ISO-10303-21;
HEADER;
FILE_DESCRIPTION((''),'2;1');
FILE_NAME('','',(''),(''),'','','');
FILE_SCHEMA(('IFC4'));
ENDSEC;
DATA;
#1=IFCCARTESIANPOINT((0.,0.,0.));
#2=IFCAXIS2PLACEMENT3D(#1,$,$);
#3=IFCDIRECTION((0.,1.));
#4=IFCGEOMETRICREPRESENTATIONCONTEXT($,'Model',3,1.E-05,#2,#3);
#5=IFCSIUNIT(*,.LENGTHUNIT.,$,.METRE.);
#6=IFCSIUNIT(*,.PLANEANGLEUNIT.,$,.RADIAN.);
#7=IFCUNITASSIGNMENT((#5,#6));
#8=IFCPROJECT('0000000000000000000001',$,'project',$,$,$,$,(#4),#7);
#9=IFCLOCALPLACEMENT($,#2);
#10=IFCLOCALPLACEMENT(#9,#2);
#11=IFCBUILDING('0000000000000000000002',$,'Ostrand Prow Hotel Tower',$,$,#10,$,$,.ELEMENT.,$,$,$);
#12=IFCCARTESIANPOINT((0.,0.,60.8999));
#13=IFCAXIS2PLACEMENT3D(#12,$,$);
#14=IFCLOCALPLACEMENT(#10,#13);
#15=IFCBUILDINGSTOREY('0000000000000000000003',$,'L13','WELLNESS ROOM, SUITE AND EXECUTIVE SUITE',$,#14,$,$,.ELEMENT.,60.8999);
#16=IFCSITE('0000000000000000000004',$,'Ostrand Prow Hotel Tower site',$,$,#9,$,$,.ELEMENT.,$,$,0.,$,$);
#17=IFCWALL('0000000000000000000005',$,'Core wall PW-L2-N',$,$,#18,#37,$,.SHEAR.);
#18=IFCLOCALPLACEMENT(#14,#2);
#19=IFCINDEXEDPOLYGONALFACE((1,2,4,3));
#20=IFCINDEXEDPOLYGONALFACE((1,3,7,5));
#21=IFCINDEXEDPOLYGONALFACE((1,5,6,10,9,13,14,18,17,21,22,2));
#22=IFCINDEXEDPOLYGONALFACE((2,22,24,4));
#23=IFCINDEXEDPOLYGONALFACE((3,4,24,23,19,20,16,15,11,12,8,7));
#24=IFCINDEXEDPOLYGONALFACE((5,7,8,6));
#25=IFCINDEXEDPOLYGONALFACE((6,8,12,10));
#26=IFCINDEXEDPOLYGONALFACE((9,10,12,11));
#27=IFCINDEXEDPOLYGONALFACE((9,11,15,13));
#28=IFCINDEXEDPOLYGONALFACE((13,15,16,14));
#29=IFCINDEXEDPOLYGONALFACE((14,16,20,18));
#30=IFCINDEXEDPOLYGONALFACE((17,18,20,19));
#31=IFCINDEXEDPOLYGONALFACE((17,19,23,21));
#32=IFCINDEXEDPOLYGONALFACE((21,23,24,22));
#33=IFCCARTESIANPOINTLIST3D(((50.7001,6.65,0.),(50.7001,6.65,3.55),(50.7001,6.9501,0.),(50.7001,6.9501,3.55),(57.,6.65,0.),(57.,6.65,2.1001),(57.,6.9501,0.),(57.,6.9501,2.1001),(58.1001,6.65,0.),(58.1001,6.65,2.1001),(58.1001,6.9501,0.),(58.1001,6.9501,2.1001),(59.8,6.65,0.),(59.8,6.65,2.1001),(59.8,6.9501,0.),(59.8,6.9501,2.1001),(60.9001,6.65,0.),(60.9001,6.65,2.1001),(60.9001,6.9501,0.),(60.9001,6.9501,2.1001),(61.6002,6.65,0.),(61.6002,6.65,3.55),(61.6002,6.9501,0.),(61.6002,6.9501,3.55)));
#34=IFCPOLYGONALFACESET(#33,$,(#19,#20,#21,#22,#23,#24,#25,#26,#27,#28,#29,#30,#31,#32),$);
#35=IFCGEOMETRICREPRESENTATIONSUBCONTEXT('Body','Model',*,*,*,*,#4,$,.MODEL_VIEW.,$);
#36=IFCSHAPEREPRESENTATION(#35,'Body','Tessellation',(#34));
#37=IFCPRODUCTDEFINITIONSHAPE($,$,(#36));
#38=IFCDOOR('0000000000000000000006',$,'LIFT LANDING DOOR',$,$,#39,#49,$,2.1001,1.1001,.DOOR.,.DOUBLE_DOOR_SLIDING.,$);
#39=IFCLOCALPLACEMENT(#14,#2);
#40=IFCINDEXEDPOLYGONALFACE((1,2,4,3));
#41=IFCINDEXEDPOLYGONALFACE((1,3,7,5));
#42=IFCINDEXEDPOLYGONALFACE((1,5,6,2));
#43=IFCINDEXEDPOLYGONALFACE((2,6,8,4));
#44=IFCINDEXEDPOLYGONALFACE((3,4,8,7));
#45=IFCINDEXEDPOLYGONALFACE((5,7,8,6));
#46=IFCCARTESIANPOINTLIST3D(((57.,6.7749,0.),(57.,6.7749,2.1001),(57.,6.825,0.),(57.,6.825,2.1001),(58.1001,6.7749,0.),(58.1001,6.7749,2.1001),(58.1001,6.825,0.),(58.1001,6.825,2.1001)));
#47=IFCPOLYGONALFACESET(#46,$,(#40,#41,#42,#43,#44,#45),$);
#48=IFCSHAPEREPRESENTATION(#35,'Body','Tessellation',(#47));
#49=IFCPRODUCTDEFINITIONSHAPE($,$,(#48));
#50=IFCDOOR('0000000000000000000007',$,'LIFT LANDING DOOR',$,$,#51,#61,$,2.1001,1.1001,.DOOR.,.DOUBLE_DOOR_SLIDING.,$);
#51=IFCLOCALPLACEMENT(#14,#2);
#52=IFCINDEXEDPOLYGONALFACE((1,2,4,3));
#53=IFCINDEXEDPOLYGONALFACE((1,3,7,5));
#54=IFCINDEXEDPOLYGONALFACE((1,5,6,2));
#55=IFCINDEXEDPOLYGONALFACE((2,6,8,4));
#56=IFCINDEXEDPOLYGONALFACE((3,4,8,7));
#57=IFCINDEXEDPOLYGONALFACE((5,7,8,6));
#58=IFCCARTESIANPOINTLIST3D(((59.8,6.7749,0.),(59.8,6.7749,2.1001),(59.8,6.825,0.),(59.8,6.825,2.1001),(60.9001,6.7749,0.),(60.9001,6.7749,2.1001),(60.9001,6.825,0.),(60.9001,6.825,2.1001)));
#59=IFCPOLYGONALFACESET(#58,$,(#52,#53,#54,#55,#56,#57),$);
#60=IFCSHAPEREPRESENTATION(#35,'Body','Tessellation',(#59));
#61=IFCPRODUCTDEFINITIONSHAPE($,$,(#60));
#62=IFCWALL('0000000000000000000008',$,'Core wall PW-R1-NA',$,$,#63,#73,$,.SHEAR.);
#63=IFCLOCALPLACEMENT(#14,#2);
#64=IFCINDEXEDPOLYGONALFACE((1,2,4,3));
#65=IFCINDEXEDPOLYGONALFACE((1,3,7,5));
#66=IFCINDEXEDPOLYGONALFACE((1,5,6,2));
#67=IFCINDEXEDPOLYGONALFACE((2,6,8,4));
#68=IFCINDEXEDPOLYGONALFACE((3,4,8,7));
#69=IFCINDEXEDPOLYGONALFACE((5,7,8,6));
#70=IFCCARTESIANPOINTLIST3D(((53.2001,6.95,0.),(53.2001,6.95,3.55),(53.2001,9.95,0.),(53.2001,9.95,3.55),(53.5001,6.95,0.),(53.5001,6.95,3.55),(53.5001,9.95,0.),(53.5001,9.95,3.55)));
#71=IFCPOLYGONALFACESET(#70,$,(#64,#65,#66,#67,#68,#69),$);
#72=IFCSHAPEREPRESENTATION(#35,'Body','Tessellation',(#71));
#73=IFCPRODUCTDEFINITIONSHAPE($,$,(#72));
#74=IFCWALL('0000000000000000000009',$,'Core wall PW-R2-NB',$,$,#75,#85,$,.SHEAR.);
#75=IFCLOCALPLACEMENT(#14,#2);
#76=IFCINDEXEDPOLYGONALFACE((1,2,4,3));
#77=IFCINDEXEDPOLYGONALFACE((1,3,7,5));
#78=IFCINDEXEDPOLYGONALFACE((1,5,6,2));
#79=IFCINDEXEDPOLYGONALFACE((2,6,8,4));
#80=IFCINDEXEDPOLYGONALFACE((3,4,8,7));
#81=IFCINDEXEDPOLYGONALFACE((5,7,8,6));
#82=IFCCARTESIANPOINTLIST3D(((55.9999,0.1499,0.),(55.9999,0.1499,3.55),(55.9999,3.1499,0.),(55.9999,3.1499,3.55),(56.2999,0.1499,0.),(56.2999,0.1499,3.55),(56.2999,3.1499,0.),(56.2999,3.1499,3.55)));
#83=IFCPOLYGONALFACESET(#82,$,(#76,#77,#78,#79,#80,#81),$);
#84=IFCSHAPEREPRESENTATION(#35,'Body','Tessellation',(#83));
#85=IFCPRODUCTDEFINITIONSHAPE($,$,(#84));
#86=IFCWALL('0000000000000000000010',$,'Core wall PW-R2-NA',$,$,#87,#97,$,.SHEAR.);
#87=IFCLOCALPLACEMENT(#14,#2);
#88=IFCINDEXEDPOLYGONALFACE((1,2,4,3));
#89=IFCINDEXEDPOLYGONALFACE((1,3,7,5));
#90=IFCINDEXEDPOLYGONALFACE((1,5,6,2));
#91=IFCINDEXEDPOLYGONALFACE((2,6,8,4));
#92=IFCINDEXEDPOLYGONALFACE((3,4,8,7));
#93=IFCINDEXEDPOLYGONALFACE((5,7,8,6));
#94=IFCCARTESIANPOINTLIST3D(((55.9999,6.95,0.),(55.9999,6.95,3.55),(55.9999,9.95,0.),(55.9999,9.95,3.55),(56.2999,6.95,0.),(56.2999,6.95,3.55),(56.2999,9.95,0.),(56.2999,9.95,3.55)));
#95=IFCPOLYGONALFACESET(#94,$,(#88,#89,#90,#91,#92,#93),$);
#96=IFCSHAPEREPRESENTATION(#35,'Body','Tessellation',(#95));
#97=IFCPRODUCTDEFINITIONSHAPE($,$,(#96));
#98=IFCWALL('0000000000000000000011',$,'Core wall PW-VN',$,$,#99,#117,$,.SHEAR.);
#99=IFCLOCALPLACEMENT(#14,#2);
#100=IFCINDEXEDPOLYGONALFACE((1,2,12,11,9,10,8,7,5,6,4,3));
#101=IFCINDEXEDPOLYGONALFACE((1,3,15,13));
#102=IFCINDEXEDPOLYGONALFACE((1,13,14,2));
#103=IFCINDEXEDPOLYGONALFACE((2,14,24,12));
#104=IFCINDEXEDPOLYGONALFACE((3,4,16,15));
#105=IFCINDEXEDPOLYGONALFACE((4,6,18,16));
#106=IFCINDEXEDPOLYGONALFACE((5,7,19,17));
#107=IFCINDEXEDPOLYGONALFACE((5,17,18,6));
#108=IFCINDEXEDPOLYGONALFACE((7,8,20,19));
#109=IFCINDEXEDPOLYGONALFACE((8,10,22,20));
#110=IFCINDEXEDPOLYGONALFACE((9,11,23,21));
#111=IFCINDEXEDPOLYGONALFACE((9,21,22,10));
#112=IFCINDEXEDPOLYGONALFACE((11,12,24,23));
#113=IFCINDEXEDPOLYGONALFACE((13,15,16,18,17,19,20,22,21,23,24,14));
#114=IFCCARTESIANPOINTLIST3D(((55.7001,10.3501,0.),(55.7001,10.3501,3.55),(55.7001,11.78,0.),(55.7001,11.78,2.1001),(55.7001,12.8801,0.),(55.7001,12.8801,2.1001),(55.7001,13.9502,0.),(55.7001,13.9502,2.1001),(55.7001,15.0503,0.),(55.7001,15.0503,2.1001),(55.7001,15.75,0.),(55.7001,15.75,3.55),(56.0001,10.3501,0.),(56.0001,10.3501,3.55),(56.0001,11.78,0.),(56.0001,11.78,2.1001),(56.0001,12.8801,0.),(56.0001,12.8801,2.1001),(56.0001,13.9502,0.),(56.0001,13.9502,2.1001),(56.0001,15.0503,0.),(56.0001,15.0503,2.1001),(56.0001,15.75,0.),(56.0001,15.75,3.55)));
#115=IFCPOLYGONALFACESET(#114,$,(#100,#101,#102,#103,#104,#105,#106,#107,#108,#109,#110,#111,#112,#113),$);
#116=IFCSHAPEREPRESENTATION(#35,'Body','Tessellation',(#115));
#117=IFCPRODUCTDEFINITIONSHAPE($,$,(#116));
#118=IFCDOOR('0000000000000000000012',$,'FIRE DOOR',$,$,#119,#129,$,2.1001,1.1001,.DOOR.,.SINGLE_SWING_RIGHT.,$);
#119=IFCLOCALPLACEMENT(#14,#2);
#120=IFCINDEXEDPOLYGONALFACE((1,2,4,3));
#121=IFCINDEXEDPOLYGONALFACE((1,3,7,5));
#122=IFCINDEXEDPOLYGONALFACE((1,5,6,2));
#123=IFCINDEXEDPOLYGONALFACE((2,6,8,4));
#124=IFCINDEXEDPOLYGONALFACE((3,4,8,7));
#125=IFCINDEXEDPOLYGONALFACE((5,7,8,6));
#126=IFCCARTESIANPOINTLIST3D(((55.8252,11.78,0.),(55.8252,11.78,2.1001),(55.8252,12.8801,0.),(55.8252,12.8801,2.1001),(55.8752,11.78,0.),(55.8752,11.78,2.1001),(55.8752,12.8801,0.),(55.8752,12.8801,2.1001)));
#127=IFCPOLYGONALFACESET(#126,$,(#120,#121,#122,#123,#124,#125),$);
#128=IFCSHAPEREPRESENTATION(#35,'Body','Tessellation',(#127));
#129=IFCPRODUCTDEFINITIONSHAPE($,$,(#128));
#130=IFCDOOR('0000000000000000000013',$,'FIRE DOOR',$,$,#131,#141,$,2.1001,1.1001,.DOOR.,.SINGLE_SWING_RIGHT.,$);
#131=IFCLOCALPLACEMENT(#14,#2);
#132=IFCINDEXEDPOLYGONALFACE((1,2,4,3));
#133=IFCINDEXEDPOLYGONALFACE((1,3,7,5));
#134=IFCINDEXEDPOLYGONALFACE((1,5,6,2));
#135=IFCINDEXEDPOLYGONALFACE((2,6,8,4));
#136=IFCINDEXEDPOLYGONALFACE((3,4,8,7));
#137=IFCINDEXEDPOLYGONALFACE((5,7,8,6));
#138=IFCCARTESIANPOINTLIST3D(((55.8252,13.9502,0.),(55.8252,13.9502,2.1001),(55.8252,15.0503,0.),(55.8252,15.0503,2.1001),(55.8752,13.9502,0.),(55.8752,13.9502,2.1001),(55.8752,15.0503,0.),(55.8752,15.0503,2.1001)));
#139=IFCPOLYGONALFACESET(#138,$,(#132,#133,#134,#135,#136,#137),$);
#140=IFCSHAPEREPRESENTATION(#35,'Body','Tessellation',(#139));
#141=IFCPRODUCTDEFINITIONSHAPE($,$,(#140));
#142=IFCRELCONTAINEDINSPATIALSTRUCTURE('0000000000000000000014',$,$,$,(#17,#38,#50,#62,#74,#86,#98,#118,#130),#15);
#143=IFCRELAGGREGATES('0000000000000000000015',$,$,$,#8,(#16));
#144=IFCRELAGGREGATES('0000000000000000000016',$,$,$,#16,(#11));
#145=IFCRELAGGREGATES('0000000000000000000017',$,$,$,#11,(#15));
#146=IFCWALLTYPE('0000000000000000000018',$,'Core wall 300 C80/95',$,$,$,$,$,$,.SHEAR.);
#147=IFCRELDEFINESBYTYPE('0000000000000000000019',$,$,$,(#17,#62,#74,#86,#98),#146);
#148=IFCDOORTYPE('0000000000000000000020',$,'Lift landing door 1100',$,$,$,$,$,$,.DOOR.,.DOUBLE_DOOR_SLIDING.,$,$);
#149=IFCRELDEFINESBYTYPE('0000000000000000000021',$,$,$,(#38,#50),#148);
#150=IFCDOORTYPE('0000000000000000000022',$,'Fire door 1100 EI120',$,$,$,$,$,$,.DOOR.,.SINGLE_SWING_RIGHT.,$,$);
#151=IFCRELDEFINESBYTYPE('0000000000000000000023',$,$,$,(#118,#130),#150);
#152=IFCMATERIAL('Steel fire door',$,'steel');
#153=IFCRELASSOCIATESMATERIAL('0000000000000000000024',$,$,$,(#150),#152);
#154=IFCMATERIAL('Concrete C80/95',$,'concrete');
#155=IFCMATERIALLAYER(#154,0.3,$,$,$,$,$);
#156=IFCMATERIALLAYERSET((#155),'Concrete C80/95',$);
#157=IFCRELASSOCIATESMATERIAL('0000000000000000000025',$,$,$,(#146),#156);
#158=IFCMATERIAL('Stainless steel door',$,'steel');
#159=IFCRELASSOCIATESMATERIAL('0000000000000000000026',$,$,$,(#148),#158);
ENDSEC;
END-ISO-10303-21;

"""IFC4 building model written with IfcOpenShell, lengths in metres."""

from ifc_helpers import new_model, si_unit, direction, frame, frame_2d, origin, place, context, subcontext, project, spatial, rectangle, extrude, material, layer, layer_set, type_object, element, fill, save


model = new_model("IFC4")

# Units and contexts
model_context = context("Model", 3, precision=1e-05, world=origin(), true_north=direction((0.0, 1.0)))
body_context = subcontext(model_context, "Body", "Model", "MODEL_VIEW")
ifc_project = project(units=[si_unit("LENGTHUNIT", "METRE"), si_unit("PLANEANGLEUNIT", "RADIAN")], contexts=[model_context])

# Site, building, storey
site_placement = place(None, origin())
site = spatial("IfcSite", under=ifc_project, at=site_placement, Name="Ostrand Prow Hotel Tower site", CompositionType="ELEMENT", RefElevation=0.0)
building_placement = place(site_placement, origin())
building = spatial("IfcBuilding", under=site, at=building_placement, Name="Ostrand Prow Hotel Tower", CompositionType="ELEMENT")
storey_placement = place(building_placement, frame((0.0, 0.0, 60.8999)))
storey = spatial("IfcBuildingStorey", under=building, at=storey_placement, Name="L13", Description="WELLNESS ROOM, SUITE AND EXECUTIVE SUITE", CompositionType="ELEMENT", Elevation=60.8999)

# Shared definitions
ifc_material_1 = material(Name="Steel fire door", Category="steel")
door_type_1 = type_object("IfcDoorType", Name="Fire door 1100 EI120", OperationType="SINGLE_SWING_RIGHT", PredefinedType="DOOR", material=ifc_material_1)

# Wall, openings, doors
ifc_material_2 = material(Name="Concrete C80/95", Category="concrete")
ifc_layer_1 = layer(ifc_material_2, 0.3)
ifc_layer_set_1 = layer_set([ifc_layer_1], Name="Concrete C80/95")
wall_type_1 = type_object("IfcWallType", Name="Core wall 300 C80/95", PredefinedType="SHEAR", material=ifc_layer_set_1)
wall_1_placement = place(storey_placement, frame((50.7, 6.8, 0.0), z_axis=(0.0, 0.0, 1.0), x_axis=(1.0, 0.0, 0.0)))
wall_1 = element("IfcWall", 1, at=wall_1_placement, inside=storey, type_object=wall_type_1, Name="Core wall PW-L2-N", PredefinedType="SHEAR", context=body_context, shape_type="SweptSolid", body=[
    extrude(rectangle(XDim=10.9001, YDim=0.3, at=frame_2d((5.4502, 0.0))), origin(), (0.0, 0.0, 1.0), 3.55),
])
opening_1_placement = place(wall_1_placement, frame((6.3, 0.0, 0.0)))
opening_1 = element("IfcOpeningElement", 2, at=opening_1_placement, cuts=wall_1, PredefinedType="OPENING", context=body_context, shape_type="SweptSolid", body=[
    extrude(rectangle(XDim=1.1001, YDim=2.1001, at=frame_2d((0.55, 1.05))), frame((0.0, 0.1599, 0.0), z_axis=(0.0, -1.0, 0.0), x_axis=(1.0, 0.0, 0.0)), (0.0, 0.0, 1.0), 0.3201),
])
opening_2_placement = place(wall_1_placement, frame((9.1001, 0.0, 0.0)))
opening_2 = element("IfcOpeningElement", 3, at=opening_2_placement, cuts=wall_1, PredefinedType="OPENING", context=body_context, shape_type="SweptSolid", body=[
    extrude(rectangle(XDim=1.1001, YDim=2.1001, at=frame_2d((0.55, 1.05))), frame((0.0, 0.1599, 0.0), z_axis=(0.0, -1.0, 0.0), x_axis=(1.0, 0.0, 0.0)), (0.0, 0.0, 1.0), 0.3201),
])
ifc_material_3 = material(Name="Stainless steel door", Category="steel")
door_type_2 = type_object("IfcDoorType", Name="Lift landing door 1100", OperationType="DOUBLE_DOOR_SLIDING", PredefinedType="DOOR", material=ifc_material_3)
door_1_placement = place(opening_1_placement, origin())
door_1 = element("IfcDoor", 4, at=door_1_placement, inside=storey, type_object=door_type_2, Name="LIFT LANDING DOOR", OperationType="DOUBLE_DOOR_SLIDING", OverallHeight=2.1001, OverallWidth=1.1001, PredefinedType="DOOR", context=body_context, shape_type="SweptSolid", body=[
    extrude(rectangle(XDim=1.1001, YDim=2.1001, at=frame_2d((0.55, 1.05))), frame((0.0, 0.0249, 0.0), z_axis=(0.0, -1.0, 0.0), x_axis=(1.0, 0.0, 0.0)), (0.0, 0.0, 1.0), 0.05),
])
fill(opening_1, door_1)
door_2_placement = place(opening_2_placement, origin())
door_2 = element("IfcDoor", 5, at=door_2_placement, inside=storey, type_object=door_type_2, Name="LIFT LANDING DOOR", OperationType="DOUBLE_DOOR_SLIDING", OverallHeight=2.1001, OverallWidth=1.1001, PredefinedType="DOOR", context=body_context, shape_type="SweptSolid", body=[
    extrude(rectangle(XDim=1.1001, YDim=2.1001, at=frame_2d((0.55, 1.05))), frame((0.0, 0.0249, 0.0), z_axis=(0.0, -1.0, 0.0), x_axis=(1.0, 0.0, 0.0)), (0.0, 0.0, 1.0), 0.05),
])
fill(opening_2, door_2)

# Walls
for number, where, z_axis, x_axis, name in (
    (6, (53.3501, 6.95, 0.0), (0.0, 0.0, 1.0), (0.0, 1.0, 0.0), "Core wall PW-R1-NA"),
    (7, (56.1499, 0.1499, 0.0), (0.0, 0.0, 1.0), (0.0, 1.0, 0.0), "Core wall PW-R2-NB"),
    (8, (56.1499, 6.95, 0.0), (0.0, 0.0, 1.0), (0.0, 1.0, 0.0), "Core wall PW-R2-NA"),
):
    element("IfcWall", number, at=place(storey_placement, frame(where, z_axis=z_axis, x_axis=x_axis)), inside=storey, type_object=wall_type_1, Name=name, PredefinedType="SHEAR", context=body_context, shape_type="SweptSolid", body=[
        extrude(rectangle(XDim=3.0, YDim=0.3, at=frame_2d((1.5, 0.0))), origin(), (0.0, 0.0, 1.0), 3.55),
    ])

# Wall, openings, doors
wall_2_placement = place(storey_placement, frame((55.8501, 10.3501, 0.0), z_axis=(0.0, 0.0, 1.0), x_axis=(0.0, 1.0, 0.0)))
wall_2 = element("IfcWall", 9, at=wall_2_placement, inside=storey, type_object=wall_type_1, Name="Core wall PW-VN", PredefinedType="SHEAR", context=body_context, shape_type="SweptSolid", body=[
    extrude(rectangle(XDim=5.3999, YDim=0.3, at=frame_2d((2.7, 0.0))), origin(), (0.0, 0.0, 1.0), 3.55),
])
opening_3_placement = place(wall_2_placement, frame((1.4299, 0.0, 0.0)))
opening_3 = element("IfcOpeningElement", 10, at=opening_3_placement, cuts=wall_2, PredefinedType="OPENING", context=body_context, shape_type="SweptSolid", body=[
    extrude(rectangle(XDim=1.1001, YDim=2.1001, at=frame_2d((0.55, 1.05))), frame((0.0, 0.1599, 0.0), z_axis=(0.0, -1.0, 0.0), x_axis=(1.0, 0.0, 0.0)), (0.0, 0.0, 1.0), 0.3201),
])
opening_4_placement = place(wall_2_placement, frame((3.6001, 0.0, 0.0)))
opening_4 = element("IfcOpeningElement", 11, at=opening_4_placement, cuts=wall_2, PredefinedType="OPENING", context=body_context, shape_type="SweptSolid", body=[
    extrude(rectangle(XDim=1.1001, YDim=2.1001, at=frame_2d((0.55, 1.05))), frame((0.0, 0.1599, 0.0), z_axis=(0.0, -1.0, 0.0), x_axis=(1.0, 0.0, 0.0)), (0.0, 0.0, 1.0), 0.3201),
])
door_3_placement = place(opening_3_placement, origin())
door_3 = element("IfcDoor", 12, at=door_3_placement, inside=storey, type_object=door_type_1, Name="FIRE DOOR", OperationType="SINGLE_SWING_RIGHT", OverallHeight=2.1001, OverallWidth=1.1001, PredefinedType="DOOR", context=body_context, shape_type="SweptSolid", body=[
    extrude(rectangle(XDim=1.1001, YDim=2.1001, at=frame_2d((0.55, 1.05))), frame((0.0, 0.0249, 0.0), z_axis=(0.0, -1.0, 0.0), x_axis=(1.0, 0.0, 0.0)), (0.0, 0.0, 1.0), 0.05),
])
fill(opening_3, door_3)
door_4_placement = place(opening_4_placement, origin())
door_4 = element("IfcDoor", 13, at=door_4_placement, inside=storey, type_object=door_type_1, Name="FIRE DOOR", OperationType="SINGLE_SWING_RIGHT", OverallHeight=2.1001, OverallWidth=1.1001, PredefinedType="DOOR", context=body_context, shape_type="SweptSolid", body=[
    extrude(rectangle(XDim=1.1001, YDim=2.1001, at=frame_2d((0.55, 1.05))), frame((0.0, 0.0249, 0.0), z_axis=(0.0, -1.0, 0.0), x_axis=(1.0, 0.0, 0.0)), (0.0, 0.0, 1.0), 0.05),
])
fill(opening_4, door_4)

save(model, "model.ifc")
